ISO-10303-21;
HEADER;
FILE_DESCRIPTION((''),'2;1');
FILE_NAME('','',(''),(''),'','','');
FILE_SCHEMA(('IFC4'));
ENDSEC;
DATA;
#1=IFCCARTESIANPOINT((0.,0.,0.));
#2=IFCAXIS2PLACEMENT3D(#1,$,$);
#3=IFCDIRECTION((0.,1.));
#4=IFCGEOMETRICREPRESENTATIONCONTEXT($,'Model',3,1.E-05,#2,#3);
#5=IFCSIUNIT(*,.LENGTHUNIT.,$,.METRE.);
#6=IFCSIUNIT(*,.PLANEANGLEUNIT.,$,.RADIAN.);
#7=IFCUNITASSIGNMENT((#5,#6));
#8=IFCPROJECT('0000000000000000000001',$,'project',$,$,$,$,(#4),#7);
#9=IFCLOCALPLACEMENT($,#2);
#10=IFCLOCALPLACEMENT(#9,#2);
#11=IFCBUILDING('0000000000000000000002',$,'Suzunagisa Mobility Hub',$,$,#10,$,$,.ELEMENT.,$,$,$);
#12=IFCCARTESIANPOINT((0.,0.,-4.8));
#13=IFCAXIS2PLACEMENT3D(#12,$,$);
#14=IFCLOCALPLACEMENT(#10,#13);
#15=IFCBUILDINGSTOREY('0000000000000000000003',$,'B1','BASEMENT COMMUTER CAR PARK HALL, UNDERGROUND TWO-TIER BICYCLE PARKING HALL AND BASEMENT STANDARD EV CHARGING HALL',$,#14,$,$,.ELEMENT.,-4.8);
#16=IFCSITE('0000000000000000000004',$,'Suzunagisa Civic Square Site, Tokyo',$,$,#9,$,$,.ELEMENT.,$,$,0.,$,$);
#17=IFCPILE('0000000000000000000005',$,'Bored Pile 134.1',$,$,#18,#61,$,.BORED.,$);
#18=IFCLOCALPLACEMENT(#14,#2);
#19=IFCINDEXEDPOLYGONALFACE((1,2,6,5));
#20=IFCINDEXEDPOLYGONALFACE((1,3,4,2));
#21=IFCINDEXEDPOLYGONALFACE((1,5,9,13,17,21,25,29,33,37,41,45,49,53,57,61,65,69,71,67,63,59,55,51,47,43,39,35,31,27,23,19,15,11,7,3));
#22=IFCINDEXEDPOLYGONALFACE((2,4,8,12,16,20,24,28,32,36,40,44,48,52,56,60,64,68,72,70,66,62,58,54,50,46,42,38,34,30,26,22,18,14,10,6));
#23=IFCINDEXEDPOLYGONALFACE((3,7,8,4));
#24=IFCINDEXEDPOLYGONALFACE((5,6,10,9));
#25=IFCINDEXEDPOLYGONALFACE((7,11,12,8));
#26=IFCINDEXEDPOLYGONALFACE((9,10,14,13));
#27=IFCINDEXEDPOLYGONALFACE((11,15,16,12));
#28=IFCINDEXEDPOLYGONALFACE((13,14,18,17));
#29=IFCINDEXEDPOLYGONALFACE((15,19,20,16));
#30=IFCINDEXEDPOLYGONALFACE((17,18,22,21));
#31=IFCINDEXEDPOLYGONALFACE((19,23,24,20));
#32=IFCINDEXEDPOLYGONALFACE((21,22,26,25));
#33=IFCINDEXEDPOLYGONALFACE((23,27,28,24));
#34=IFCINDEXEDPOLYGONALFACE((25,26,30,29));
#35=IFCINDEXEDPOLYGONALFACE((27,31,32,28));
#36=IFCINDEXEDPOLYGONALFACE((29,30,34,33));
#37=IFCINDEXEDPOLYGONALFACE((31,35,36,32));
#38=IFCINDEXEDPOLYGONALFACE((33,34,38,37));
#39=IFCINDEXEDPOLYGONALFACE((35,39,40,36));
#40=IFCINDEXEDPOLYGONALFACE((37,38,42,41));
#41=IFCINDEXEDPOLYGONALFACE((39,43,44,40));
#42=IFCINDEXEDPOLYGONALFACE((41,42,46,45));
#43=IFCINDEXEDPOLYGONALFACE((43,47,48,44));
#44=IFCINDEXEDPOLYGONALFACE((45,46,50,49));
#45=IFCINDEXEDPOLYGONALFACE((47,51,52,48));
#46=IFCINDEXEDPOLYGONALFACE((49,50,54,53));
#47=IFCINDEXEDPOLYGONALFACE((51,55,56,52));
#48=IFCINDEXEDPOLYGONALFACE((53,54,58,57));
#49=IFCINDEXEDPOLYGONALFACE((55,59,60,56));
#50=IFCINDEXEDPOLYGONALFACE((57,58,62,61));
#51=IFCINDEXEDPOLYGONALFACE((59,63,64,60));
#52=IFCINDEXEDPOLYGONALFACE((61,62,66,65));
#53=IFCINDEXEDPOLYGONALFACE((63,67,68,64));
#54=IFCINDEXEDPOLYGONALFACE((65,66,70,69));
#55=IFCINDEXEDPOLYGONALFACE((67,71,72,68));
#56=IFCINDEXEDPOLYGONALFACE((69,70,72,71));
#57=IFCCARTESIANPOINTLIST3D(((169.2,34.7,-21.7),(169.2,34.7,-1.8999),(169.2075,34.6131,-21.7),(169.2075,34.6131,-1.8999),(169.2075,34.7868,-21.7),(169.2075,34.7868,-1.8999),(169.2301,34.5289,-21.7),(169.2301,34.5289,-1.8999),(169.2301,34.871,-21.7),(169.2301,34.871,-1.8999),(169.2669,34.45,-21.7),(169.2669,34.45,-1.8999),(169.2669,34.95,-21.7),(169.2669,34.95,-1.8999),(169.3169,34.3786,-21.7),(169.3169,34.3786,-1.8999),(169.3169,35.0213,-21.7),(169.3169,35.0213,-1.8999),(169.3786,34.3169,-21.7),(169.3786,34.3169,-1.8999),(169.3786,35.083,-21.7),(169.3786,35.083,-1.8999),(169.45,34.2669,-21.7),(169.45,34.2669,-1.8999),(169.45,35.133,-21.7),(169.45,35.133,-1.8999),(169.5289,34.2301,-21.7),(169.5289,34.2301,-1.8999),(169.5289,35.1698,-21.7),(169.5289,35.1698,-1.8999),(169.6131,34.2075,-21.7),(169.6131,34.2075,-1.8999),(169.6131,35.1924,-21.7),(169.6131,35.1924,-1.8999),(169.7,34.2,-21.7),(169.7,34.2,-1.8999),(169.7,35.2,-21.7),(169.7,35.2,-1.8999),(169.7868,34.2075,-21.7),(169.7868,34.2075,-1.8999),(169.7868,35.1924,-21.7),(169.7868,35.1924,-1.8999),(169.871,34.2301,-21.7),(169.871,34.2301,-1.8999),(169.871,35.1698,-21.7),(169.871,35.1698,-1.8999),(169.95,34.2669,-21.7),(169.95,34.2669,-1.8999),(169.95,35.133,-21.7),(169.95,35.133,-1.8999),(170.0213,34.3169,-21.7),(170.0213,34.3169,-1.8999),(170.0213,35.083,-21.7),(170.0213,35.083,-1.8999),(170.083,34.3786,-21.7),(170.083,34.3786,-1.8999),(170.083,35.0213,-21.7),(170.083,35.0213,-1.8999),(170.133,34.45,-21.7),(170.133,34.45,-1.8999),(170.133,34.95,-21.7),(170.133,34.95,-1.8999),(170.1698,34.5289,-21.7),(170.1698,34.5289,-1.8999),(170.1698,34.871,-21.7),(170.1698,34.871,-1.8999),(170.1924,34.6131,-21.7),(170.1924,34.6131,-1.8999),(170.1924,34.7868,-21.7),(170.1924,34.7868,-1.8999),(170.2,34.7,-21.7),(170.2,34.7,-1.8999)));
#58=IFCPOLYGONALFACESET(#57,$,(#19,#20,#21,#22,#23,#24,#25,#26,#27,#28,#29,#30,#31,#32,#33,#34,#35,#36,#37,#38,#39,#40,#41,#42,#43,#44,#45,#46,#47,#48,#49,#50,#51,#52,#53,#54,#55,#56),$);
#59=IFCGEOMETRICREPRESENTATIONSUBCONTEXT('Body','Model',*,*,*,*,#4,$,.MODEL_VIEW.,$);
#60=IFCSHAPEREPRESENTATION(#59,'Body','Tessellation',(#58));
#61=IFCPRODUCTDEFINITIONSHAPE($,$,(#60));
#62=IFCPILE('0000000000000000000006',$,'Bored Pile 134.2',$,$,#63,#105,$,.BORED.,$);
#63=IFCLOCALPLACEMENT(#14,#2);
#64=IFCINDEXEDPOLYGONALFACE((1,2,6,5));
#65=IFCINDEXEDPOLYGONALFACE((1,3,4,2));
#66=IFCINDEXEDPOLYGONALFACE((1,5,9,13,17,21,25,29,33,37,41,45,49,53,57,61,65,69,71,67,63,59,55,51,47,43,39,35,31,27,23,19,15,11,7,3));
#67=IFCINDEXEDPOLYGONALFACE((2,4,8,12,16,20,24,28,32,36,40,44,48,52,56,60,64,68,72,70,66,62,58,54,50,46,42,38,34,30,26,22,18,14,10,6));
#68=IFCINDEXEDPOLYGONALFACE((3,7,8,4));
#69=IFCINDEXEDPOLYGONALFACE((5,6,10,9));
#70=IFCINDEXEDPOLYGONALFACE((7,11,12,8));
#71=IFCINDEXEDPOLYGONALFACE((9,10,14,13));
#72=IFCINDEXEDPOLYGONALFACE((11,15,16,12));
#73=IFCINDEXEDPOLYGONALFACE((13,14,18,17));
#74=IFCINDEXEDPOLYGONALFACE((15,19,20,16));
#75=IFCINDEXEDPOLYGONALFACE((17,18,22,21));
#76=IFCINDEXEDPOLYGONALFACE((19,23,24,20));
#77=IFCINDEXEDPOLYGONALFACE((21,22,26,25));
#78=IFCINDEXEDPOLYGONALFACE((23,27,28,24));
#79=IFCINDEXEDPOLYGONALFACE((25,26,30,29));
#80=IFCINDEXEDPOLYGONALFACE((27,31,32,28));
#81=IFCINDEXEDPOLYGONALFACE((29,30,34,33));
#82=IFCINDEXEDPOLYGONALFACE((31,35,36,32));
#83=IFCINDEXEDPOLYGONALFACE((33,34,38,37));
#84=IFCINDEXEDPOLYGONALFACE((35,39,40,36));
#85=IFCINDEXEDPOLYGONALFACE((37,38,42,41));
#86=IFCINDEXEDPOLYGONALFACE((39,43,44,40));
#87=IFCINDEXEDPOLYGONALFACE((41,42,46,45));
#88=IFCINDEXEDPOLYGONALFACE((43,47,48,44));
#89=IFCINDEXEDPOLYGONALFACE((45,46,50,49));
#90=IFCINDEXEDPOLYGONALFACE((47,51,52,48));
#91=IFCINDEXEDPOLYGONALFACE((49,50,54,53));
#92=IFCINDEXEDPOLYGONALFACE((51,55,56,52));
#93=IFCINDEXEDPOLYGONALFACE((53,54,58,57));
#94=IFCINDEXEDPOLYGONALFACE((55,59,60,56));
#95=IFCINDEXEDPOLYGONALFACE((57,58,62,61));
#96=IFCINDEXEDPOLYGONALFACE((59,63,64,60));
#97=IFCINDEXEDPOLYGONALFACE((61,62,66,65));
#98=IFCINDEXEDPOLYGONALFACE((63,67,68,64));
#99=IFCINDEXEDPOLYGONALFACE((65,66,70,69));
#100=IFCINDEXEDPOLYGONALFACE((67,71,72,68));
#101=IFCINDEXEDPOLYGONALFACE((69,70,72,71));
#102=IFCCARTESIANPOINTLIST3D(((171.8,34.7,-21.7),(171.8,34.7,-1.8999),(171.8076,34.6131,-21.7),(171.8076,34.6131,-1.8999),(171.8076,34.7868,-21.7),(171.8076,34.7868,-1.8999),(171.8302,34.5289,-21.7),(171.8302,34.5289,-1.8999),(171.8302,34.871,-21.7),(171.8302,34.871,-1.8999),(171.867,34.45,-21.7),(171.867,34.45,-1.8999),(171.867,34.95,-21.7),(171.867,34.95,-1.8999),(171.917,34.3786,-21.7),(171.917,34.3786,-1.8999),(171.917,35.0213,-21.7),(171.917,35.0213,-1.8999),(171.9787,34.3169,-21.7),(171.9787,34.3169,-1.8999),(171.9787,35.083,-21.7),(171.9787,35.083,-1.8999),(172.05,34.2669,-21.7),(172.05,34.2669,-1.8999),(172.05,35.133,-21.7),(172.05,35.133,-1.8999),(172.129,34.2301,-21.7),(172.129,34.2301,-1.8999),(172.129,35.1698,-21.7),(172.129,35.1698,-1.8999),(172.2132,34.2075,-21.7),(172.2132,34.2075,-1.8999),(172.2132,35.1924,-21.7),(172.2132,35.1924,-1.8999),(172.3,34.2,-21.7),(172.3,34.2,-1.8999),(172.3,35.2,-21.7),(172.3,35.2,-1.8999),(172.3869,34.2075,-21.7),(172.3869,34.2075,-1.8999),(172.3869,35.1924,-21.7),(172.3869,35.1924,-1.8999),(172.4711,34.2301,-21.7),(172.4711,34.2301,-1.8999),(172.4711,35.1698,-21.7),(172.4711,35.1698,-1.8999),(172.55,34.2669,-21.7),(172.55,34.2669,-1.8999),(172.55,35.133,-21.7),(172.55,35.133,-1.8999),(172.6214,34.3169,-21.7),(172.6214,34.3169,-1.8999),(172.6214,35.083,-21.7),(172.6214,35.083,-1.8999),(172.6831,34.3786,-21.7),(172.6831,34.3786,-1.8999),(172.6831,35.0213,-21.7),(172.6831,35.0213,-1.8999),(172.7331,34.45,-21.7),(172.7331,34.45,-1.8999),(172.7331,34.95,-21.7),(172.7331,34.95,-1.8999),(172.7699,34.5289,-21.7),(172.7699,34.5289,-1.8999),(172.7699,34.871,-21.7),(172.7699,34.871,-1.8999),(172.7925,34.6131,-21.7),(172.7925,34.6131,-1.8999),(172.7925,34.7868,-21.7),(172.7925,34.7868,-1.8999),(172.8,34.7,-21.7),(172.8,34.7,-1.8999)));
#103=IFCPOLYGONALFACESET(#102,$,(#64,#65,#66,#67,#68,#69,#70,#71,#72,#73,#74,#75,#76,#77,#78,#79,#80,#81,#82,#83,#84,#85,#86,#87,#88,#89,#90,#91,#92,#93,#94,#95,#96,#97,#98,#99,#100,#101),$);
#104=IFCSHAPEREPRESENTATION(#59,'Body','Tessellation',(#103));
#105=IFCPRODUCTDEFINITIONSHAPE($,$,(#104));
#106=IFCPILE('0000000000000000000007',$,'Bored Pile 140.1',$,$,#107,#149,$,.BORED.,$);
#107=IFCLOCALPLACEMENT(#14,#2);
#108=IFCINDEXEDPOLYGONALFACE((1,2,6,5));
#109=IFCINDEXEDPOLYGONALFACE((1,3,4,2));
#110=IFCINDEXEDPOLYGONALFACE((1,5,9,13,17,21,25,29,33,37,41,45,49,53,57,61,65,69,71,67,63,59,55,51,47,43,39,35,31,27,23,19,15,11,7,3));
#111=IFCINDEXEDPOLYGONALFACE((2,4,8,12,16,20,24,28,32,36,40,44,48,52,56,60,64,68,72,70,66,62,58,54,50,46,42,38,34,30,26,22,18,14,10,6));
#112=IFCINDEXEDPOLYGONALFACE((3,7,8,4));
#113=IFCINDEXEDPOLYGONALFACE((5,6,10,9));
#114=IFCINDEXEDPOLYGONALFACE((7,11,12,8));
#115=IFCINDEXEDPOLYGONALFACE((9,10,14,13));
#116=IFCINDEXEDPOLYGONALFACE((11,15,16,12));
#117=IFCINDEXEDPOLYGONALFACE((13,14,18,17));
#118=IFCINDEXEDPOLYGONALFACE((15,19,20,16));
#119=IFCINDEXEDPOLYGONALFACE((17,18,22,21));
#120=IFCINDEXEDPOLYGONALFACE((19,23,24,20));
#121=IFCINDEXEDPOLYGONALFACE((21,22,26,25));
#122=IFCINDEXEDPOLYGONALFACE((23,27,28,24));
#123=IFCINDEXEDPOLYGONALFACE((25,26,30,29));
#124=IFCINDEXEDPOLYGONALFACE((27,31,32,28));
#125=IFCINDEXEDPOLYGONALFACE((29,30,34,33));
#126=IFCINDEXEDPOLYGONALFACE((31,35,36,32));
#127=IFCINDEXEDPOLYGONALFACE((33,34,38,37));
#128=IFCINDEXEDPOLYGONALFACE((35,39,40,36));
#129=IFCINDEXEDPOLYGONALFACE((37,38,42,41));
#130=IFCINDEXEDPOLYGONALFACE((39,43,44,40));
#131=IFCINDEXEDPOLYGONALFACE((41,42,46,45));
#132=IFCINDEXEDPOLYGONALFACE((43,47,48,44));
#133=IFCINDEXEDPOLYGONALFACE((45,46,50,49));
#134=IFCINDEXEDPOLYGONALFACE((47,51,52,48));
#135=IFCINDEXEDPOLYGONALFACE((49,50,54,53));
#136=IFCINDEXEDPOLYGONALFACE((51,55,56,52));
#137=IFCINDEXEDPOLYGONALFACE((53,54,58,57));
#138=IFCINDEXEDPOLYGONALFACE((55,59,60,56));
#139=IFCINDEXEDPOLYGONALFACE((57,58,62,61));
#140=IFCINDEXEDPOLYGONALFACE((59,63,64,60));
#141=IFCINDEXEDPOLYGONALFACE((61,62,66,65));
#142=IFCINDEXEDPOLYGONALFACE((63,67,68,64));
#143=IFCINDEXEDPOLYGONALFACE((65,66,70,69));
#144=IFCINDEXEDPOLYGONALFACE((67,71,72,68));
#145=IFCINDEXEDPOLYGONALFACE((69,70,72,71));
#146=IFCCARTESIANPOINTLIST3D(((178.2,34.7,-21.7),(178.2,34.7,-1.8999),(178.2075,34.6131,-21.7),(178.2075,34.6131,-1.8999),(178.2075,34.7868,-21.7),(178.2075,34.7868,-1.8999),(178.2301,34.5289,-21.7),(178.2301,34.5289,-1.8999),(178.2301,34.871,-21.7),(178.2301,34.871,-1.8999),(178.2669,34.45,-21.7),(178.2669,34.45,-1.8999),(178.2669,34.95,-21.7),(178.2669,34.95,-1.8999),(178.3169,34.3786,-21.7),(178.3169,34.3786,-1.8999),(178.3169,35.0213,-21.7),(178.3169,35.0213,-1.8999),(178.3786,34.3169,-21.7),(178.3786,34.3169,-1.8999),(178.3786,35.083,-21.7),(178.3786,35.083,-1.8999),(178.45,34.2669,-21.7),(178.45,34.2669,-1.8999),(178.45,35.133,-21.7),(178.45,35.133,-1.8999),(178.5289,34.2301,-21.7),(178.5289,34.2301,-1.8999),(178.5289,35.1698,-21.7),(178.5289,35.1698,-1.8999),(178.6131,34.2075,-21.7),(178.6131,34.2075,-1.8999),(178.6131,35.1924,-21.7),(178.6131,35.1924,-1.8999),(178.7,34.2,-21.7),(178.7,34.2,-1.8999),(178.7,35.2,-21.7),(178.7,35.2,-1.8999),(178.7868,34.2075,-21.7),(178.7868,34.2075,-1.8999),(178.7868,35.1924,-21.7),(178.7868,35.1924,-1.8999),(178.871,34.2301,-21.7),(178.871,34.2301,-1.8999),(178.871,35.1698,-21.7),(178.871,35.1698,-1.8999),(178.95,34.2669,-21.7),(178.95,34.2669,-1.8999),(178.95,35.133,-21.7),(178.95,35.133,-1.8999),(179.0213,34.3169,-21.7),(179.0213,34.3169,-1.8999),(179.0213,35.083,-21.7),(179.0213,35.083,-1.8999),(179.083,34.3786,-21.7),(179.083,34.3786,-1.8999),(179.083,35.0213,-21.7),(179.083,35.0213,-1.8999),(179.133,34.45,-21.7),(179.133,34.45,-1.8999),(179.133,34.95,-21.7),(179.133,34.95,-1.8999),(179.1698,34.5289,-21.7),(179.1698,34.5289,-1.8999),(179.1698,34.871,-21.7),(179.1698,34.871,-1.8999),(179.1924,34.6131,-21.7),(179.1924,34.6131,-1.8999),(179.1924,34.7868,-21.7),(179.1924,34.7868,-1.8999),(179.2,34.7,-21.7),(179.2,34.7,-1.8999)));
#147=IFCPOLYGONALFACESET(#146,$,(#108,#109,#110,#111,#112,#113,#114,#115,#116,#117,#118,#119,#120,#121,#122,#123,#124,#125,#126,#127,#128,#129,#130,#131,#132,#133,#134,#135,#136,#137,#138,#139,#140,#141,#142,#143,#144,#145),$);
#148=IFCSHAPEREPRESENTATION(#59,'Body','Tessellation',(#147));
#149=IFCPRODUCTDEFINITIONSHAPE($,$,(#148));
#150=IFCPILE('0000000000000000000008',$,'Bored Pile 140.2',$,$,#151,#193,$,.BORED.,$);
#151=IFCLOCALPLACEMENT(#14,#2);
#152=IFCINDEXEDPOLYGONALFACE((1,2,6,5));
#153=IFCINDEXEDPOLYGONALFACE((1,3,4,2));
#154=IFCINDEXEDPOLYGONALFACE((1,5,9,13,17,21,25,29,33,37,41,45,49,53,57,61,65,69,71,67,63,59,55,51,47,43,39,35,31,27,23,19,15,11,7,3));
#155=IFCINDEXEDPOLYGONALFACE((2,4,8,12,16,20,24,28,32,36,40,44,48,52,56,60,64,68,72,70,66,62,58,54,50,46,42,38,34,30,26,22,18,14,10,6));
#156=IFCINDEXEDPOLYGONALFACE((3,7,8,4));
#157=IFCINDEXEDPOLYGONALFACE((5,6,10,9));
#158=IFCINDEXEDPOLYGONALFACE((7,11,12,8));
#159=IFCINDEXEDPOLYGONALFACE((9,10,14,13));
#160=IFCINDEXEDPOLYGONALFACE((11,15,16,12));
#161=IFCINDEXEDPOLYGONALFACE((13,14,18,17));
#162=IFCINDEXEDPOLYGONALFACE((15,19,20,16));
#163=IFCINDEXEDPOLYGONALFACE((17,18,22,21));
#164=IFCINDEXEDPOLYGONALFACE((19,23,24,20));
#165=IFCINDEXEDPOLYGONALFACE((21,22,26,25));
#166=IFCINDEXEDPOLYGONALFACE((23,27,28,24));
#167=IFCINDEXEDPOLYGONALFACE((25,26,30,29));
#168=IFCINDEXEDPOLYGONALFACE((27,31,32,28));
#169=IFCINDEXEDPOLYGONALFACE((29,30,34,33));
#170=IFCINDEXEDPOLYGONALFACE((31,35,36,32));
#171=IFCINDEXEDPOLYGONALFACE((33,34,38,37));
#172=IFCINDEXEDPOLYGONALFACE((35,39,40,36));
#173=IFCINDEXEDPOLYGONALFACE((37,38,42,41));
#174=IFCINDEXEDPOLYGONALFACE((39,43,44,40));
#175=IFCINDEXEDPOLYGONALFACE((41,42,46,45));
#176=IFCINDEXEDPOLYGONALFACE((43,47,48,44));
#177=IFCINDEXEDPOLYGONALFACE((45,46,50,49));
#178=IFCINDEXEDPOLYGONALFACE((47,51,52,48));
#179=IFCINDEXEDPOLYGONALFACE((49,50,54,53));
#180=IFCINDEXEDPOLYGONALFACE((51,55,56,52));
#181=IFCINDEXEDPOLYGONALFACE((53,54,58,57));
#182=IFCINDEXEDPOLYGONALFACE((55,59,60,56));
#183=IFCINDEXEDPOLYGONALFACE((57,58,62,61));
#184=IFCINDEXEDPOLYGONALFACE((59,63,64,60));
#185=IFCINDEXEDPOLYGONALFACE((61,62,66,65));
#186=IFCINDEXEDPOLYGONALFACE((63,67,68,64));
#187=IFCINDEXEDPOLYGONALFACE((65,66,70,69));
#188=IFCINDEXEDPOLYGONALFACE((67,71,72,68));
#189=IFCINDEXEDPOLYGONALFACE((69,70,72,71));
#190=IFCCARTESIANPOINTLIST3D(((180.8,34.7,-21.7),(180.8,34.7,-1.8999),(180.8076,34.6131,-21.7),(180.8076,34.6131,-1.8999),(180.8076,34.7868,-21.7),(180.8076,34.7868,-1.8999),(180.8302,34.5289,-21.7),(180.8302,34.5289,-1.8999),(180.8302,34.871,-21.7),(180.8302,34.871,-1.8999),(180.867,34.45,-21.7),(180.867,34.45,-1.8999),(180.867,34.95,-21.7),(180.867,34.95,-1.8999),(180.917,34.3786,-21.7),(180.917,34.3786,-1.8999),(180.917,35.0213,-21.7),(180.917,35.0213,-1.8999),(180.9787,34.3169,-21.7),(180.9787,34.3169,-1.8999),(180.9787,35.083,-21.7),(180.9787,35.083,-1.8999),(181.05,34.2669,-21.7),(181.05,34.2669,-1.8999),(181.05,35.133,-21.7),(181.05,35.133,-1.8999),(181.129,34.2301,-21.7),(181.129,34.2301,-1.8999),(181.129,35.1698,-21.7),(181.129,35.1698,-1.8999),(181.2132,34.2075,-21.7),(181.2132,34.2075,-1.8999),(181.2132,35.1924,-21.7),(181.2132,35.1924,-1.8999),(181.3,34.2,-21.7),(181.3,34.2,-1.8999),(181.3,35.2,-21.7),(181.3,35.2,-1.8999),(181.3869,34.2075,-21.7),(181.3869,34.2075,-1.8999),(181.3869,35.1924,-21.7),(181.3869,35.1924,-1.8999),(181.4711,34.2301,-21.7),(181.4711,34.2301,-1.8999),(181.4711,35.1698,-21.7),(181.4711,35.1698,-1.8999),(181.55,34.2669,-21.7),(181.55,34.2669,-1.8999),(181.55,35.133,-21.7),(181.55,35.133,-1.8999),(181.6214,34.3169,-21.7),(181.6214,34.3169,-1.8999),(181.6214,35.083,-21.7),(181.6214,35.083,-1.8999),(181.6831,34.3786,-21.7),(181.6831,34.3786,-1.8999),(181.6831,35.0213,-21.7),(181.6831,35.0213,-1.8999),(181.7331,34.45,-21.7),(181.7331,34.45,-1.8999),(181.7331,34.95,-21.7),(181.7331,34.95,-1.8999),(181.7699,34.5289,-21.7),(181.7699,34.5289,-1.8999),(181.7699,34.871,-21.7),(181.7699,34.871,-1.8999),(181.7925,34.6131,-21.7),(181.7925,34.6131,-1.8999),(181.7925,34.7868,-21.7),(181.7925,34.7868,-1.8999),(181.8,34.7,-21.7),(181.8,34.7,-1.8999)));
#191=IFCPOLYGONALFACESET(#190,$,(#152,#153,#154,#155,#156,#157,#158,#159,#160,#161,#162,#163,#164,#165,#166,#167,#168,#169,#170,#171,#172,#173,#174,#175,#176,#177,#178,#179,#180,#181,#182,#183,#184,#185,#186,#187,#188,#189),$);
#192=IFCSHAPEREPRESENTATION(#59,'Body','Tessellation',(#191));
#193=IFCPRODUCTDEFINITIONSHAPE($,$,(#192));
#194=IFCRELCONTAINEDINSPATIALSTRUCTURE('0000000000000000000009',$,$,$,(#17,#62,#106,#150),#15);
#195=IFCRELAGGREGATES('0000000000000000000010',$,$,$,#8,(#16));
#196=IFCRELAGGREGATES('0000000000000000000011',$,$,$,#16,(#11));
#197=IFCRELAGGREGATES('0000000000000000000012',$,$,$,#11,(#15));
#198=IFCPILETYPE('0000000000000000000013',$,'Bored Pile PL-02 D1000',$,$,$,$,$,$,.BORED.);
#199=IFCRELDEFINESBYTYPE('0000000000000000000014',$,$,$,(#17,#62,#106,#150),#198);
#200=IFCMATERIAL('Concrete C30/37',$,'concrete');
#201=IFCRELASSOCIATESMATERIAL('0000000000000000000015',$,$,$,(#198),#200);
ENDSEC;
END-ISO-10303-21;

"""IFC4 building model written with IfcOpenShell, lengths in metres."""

from ifc_helpers import new_model, si_unit, direction, frame, origin, origin_2d, place, context, subcontext, project, spatial, circle, extrude, material, material_profile, profile_set, type_object, element, save


model = new_model("IFC4")

# Units and contexts
model_context = context("Model", 3, precision=1e-05, world=origin(), true_north=direction((0.0, 1.0)))
body_context = subcontext(model_context, "Body", "Model", "MODEL_VIEW")
ifc_project = project(units=[si_unit("LENGTHUNIT", "METRE"), si_unit("PLANEANGLEUNIT", "RADIAN")], contexts=[model_context])

# Site, building, storey
site_placement = place(None, origin())
site = spatial("IfcSite", under=ifc_project, at=site_placement, Name="Suzunagisa Civic Square Site, Tokyo", CompositionType="ELEMENT", RefElevation=0.0)
building_placement = place(site_placement, origin())
building = spatial("IfcBuilding", under=site, at=building_placement, Name="Suzunagisa Mobility Hub", CompositionType="ELEMENT")
storey_placement = place(building_placement, frame((0.0, 0.0, -4.8)))
storey = spatial("IfcBuildingStorey", under=building, at=storey_placement, Name="B1", Description="BASEMENT COMMUTER CAR PARK HALL, UNDERGROUND TWO-TIER BICYCLE PARKING HALL AND BASEMENT STANDARD EV CHARGING HALL", CompositionType="ELEMENT", Elevation=-4.8)

# Piles
ifc_material_1 = material(Name="Concrete C30/37", Category="concrete")
ifc_material_profile_1 = material_profile(ifc_material_1, circle(Radius=0.5, at=origin_2d()), Name="BORED PILE D1000")
ifc_profile_set_1 = profile_set([ifc_material_profile_1], Name="Concrete C30/37")
pile_type_1 = type_object("IfcPileType", Name="Bored Pile PL-02 D1000", PredefinedType="BORED", material=ifc_profile_set_1)
for number, where, z_axis, x_axis, name in (
    (1, (169.7, 34.7, -1.8999), (0.0, 0.0, -1.0), (1.0, 0.0, 0.0), "Bored Pile 134.1"),
    (2, (172.3, 34.7, -1.8999), (0.0, 0.0, -1.0), (1.0, 0.0, 0.0), "Bored Pile 134.2"),
    (3, (178.7, 34.7, -1.8999), (0.0, 0.0, -1.0), (1.0, 0.0, 0.0), "Bored Pile 140.1"),
    (4, (181.3, 34.7, -1.8999), (0.0, 0.0, -1.0), (1.0, 0.0, 0.0), "Bored Pile 140.2"),
):
    element("IfcPile", number, at=place(storey_placement, frame(where, z_axis=z_axis, x_axis=x_axis)), inside=storey, type_object=pile_type_1, Name=name, PredefinedType="BORED", context=body_context, shape_type="SweptSolid", body=[
        extrude(circle(Radius=0.5, at=origin_2d()), origin(), (0.0, 0.0, 1.0), 19.8),
    ])

save(model, "model.ifc")
